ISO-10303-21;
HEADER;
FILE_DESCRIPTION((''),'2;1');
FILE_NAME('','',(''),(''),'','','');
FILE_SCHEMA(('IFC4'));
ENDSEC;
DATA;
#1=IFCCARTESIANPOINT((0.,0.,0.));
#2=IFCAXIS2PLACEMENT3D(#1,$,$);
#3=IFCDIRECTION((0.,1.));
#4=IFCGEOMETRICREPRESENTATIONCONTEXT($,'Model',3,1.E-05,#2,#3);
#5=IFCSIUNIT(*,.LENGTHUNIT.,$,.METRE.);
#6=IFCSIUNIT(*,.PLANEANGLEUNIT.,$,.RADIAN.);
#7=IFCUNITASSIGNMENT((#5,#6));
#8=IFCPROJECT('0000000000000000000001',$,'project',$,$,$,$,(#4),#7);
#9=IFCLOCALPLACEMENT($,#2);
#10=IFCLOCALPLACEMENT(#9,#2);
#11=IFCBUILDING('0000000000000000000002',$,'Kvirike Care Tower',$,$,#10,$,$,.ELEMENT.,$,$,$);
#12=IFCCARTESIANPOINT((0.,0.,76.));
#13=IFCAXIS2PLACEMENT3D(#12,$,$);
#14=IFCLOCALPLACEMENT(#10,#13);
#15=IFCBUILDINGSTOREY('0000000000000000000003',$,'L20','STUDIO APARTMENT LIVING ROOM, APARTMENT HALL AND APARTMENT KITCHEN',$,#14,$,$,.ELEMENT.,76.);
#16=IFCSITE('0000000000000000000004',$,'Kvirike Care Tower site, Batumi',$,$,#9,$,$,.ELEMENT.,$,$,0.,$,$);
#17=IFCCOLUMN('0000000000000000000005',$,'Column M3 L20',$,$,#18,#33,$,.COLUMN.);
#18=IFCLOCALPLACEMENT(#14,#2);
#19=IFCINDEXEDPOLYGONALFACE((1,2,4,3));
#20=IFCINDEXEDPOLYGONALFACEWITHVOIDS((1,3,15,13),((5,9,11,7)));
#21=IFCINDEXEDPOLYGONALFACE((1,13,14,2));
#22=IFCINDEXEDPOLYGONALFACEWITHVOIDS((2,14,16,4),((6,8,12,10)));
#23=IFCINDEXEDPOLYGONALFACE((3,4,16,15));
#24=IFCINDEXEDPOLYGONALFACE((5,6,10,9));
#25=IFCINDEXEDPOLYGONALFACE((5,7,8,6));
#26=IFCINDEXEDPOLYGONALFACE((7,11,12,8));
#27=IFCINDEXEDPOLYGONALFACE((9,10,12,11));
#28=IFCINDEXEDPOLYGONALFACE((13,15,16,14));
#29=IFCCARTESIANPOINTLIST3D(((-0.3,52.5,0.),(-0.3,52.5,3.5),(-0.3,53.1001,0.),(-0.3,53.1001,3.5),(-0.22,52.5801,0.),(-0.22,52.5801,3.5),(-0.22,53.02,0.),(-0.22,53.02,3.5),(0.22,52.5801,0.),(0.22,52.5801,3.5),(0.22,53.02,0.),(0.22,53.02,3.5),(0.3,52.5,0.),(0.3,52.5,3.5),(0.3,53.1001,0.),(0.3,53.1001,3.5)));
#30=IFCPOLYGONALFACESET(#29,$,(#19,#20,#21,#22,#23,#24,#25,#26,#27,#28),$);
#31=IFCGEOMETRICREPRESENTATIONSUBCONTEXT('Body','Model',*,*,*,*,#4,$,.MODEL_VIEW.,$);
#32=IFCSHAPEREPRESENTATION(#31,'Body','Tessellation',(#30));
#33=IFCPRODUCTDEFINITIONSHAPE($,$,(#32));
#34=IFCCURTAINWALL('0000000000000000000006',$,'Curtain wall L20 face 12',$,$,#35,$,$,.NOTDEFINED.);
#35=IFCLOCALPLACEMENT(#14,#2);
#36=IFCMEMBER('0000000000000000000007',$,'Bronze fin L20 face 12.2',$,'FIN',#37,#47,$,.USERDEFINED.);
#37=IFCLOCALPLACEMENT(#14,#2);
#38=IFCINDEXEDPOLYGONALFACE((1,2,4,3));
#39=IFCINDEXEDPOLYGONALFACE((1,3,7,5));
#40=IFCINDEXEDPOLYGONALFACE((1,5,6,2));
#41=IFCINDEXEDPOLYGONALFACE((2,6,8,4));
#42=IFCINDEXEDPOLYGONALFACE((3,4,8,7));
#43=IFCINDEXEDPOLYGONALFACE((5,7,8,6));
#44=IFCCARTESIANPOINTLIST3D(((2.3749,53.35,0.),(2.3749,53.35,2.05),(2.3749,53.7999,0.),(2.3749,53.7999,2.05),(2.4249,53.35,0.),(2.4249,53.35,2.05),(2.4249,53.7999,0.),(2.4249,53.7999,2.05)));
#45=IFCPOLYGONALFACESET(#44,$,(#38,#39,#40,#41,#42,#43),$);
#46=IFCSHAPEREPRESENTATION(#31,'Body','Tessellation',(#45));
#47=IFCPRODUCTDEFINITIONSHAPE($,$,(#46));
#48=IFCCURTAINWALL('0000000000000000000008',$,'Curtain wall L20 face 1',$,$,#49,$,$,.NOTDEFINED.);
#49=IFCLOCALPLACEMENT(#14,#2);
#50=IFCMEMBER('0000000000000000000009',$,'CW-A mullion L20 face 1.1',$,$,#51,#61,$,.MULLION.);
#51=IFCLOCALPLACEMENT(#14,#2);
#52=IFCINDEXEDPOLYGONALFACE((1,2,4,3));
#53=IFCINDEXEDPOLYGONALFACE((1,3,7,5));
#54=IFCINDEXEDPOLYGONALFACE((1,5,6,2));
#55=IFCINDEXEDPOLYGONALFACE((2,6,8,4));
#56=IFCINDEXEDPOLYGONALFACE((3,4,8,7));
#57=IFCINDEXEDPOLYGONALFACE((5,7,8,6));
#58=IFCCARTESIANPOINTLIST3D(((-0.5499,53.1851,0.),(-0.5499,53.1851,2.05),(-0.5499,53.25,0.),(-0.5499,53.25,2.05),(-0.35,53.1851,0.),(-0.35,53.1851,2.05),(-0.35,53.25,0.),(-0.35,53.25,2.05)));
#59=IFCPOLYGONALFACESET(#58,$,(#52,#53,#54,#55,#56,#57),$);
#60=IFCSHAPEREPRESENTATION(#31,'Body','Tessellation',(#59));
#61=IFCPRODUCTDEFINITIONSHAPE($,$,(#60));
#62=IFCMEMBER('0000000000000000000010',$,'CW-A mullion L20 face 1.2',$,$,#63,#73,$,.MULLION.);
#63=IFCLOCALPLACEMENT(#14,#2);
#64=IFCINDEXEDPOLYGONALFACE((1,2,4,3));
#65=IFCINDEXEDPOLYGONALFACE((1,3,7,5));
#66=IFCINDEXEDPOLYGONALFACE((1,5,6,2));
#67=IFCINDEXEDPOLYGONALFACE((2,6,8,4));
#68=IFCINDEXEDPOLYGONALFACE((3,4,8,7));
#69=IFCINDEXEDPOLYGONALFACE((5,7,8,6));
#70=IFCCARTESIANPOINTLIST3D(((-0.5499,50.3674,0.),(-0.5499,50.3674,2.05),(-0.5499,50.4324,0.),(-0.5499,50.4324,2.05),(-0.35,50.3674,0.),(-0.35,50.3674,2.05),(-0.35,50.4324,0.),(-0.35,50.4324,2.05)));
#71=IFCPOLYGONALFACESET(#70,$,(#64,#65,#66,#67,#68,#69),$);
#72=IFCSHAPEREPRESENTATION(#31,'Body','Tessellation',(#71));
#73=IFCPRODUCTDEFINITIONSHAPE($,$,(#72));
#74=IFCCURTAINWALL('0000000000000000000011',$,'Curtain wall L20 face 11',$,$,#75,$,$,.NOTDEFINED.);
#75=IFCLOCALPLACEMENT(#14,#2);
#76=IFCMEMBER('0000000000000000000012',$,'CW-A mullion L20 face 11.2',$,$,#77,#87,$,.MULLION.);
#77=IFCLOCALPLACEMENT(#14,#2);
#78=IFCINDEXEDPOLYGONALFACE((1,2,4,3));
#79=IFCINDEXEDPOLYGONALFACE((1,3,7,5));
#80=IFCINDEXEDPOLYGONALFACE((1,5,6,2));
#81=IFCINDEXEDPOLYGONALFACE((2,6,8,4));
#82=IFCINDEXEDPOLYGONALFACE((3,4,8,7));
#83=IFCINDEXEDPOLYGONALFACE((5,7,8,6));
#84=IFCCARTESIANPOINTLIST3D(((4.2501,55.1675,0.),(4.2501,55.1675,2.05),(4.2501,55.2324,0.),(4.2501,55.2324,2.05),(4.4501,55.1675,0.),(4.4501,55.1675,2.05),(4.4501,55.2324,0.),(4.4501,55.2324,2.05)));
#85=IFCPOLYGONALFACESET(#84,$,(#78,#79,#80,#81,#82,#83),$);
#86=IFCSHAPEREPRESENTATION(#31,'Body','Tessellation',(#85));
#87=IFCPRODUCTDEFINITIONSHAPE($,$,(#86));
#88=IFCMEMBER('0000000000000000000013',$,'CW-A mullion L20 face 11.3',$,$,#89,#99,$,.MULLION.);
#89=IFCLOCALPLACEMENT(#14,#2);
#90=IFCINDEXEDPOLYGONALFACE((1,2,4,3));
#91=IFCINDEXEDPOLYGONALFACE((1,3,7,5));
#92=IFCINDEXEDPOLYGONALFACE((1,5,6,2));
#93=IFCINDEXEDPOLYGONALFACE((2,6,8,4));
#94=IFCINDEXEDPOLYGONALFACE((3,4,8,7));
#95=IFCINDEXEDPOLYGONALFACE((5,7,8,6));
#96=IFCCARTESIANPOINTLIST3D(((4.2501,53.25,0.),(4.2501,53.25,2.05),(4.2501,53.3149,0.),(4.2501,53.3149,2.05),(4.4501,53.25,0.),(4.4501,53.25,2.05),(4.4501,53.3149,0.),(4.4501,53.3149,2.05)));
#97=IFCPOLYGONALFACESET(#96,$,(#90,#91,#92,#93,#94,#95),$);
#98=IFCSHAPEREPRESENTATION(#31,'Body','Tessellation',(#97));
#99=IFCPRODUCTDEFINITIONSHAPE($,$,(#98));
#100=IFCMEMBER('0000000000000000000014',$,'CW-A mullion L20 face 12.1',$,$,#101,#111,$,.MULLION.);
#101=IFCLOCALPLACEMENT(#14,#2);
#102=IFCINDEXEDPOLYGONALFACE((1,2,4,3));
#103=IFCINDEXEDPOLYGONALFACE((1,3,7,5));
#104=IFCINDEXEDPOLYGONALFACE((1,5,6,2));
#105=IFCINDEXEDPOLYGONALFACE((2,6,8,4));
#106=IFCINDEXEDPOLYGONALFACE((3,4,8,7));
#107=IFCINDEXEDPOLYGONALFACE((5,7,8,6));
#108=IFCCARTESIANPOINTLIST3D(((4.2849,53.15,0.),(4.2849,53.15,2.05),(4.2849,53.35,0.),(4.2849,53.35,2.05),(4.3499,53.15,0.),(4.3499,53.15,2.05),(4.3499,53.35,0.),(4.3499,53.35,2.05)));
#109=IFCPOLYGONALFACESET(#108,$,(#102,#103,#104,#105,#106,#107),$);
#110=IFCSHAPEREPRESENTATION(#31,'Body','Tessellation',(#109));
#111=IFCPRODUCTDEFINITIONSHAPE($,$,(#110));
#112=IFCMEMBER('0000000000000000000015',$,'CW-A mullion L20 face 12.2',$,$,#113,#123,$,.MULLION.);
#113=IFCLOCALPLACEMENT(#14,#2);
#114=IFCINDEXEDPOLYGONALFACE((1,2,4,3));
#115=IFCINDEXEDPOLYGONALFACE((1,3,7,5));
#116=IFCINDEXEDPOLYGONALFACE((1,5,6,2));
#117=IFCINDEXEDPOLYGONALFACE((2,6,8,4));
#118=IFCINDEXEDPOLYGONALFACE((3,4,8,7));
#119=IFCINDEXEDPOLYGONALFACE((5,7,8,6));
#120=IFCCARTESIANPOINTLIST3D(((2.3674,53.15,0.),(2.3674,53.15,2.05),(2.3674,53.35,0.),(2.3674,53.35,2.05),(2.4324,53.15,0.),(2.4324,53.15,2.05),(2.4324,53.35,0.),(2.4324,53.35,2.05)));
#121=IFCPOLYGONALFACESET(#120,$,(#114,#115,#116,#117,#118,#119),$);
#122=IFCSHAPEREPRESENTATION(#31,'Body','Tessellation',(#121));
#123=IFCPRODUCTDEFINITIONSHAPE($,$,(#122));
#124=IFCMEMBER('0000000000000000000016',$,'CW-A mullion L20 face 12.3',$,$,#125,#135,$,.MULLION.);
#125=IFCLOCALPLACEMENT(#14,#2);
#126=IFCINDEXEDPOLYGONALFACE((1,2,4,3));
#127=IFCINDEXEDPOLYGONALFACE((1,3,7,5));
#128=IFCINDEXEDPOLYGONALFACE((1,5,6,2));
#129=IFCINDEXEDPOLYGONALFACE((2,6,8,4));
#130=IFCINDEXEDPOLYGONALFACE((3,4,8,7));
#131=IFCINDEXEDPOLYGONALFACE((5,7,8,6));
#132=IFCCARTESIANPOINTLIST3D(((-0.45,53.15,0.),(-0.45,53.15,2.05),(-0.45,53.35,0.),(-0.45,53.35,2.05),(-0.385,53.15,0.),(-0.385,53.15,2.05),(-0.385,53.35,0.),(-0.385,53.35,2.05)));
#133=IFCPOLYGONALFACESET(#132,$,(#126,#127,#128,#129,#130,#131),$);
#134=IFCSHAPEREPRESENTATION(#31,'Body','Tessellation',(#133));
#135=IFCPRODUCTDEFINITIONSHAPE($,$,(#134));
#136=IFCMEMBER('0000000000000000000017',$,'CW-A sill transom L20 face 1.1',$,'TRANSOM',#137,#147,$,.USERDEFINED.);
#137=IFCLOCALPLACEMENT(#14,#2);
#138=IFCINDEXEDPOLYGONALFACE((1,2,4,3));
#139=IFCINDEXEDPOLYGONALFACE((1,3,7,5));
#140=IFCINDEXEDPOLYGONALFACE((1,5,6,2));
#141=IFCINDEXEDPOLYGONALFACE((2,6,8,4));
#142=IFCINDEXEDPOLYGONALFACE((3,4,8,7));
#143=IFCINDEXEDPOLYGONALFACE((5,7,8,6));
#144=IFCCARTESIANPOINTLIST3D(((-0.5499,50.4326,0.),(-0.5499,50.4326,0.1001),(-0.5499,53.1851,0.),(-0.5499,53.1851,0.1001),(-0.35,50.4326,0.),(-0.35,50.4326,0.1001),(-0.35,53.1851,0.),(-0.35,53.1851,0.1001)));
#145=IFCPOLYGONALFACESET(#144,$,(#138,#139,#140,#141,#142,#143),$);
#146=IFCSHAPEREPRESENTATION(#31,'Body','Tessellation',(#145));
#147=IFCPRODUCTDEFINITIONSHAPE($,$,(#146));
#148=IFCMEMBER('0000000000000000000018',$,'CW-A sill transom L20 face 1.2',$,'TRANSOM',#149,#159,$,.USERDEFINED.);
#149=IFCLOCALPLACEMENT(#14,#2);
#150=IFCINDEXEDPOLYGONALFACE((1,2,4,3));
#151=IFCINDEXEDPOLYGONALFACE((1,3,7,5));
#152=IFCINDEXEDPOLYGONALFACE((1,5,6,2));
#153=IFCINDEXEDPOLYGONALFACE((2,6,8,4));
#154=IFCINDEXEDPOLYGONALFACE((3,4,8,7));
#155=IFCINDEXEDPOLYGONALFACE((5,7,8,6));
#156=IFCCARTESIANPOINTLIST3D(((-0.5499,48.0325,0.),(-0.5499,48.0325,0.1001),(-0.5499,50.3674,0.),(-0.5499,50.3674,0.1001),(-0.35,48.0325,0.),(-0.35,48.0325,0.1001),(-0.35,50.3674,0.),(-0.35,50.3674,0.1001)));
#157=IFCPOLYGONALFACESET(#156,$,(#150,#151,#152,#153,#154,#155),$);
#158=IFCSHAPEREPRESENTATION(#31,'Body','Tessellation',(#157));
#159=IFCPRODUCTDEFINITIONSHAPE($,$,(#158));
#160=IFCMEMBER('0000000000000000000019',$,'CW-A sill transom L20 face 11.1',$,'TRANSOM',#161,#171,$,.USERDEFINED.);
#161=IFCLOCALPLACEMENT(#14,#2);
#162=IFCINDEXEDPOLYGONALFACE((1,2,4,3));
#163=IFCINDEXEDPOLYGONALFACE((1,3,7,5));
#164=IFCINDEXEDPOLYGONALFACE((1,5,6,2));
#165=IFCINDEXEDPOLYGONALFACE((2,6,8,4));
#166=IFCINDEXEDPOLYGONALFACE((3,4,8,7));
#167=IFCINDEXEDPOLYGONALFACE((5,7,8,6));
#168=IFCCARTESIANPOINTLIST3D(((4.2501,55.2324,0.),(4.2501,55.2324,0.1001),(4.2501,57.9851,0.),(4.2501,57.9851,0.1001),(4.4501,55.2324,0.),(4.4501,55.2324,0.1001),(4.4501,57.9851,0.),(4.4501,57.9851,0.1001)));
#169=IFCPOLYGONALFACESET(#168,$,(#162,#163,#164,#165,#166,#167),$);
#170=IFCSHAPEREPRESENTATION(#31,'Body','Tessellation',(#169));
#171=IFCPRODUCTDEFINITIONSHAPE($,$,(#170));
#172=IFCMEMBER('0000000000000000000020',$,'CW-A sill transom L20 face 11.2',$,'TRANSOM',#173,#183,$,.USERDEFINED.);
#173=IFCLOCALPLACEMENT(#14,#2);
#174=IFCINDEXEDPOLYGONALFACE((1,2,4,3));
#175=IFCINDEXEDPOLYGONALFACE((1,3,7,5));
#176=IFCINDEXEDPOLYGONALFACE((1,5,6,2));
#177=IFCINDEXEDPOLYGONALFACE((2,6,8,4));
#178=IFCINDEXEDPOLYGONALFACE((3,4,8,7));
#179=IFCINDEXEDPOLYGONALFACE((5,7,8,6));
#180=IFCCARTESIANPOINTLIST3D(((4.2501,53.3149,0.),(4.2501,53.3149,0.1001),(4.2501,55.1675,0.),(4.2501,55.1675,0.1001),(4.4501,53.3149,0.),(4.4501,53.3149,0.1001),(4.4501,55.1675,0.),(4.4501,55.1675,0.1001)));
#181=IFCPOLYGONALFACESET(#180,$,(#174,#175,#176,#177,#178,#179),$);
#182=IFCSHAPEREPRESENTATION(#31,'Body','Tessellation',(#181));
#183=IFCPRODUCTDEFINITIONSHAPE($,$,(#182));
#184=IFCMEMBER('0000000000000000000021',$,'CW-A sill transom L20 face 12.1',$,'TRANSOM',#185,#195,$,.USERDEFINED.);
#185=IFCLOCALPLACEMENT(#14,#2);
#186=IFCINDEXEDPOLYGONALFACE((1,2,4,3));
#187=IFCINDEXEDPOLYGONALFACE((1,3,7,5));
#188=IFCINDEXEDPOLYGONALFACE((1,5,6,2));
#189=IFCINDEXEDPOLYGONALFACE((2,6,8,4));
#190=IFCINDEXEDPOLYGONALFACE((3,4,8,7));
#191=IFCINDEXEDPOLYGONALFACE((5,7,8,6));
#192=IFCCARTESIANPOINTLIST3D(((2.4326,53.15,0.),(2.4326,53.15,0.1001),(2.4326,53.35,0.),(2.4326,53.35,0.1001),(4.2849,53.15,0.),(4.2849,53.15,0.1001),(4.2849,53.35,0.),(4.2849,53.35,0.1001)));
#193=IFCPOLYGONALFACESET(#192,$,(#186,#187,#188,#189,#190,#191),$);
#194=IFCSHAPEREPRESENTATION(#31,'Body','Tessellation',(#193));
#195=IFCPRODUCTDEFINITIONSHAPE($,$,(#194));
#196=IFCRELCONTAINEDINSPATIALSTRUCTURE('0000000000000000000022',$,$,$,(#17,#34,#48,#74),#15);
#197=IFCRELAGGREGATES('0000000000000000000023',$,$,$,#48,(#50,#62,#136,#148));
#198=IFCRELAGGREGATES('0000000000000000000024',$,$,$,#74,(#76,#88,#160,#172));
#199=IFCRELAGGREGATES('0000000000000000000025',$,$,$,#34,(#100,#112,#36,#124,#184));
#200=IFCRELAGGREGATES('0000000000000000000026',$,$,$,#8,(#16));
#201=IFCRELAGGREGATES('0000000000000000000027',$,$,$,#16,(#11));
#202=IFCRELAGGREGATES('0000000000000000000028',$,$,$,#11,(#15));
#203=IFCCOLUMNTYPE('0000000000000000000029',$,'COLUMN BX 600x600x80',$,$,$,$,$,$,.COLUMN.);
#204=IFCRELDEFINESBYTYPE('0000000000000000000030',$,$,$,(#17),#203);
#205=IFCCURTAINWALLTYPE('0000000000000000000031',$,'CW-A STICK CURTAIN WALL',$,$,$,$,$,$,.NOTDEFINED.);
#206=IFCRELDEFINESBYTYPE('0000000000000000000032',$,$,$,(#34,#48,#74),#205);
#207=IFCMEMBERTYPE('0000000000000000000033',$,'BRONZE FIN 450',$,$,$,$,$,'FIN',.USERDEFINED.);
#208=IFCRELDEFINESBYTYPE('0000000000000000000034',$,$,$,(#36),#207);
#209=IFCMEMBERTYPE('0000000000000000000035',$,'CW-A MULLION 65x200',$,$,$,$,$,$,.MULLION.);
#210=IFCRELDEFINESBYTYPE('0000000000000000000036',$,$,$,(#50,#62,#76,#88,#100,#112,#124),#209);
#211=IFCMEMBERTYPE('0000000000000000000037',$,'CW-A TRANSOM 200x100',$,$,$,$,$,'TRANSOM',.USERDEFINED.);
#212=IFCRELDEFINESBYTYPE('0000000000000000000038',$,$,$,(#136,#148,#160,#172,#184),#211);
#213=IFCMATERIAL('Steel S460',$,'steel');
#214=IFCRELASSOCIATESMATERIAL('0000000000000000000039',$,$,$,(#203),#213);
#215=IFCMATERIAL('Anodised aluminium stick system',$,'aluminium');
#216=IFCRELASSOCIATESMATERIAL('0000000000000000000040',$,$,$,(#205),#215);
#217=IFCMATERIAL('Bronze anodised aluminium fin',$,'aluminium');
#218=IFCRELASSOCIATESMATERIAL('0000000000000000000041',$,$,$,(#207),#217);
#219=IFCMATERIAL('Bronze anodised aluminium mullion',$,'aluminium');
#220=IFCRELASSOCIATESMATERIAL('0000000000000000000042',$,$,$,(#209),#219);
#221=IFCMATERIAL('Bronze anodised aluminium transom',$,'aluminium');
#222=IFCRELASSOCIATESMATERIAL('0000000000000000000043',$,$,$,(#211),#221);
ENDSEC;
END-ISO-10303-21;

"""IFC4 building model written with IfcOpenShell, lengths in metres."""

from ifc_helpers import new_model, si_unit, direction, frame, origin, origin_2d, place, context, subcontext, project, spatial, rectangle, hollow_rectangle, extrude, material, material_profile, profile_set, type_object, element, aggregate, save


model = new_model("IFC4")

# Units and contexts
model_context = context("Model", 3, precision=1e-05, world=origin(), true_north=direction((0.0, 1.0)))
body_context = subcontext(model_context, "Body", "Model", "MODEL_VIEW")
ifc_project = project(units=[si_unit("LENGTHUNIT", "METRE"), si_unit("PLANEANGLEUNIT", "RADIAN")], contexts=[model_context])

# Site, building, storey
site_placement = place(None, origin())
site = spatial("IfcSite", under=ifc_project, at=site_placement, Name="Kvirike Care Tower site, Batumi", CompositionType="ELEMENT", RefElevation=0.0)
building_placement = place(site_placement, origin())
building = spatial("IfcBuilding", under=site, at=building_placement, Name="Kvirike Care Tower", CompositionType="ELEMENT")
storey_placement = place(building_placement, frame((0.0, 0.0, 76.0)))
storey = spatial("IfcBuildingStorey", under=building, at=storey_placement, Name="L20", Description="STUDIO APARTMENT LIVING ROOM, APARTMENT HALL AND APARTMENT KITCHEN", CompositionType="ELEMENT", Elevation=76.0)

# Column
ifc_material_1 = material(Name="Steel S460", Category="steel")
ifc_material_profile_1 = material_profile(ifc_material_1, hollow_rectangle(XDim=0.6001, YDim=0.6001, WallThickness=0.0801, at=origin_2d()), Name="BX 600x600x80")
ifc_profile_set_1 = profile_set([ifc_material_profile_1], Name="Steel S460")
column_type = type_object("IfcColumnType", Name="COLUMN BX 600x600x80", PredefinedType="COLUMN", material=ifc_profile_set_1)
column_placement = place(storey_placement, frame((0.0, 52.8, 0.0), z_axis=(0.0, 0.0, 1.0), x_axis=(0.0, 1.0, 0.0)))
element("IfcColumn", 1, at=column_placement, inside=storey, type_object=column_type, Name="Column M3 L20", PredefinedType="COLUMN", context=body_context, shape_type="SweptSolid", body=[
    extrude(hollow_rectangle(XDim=0.6001, YDim=0.6001, WallThickness=0.0801, at=origin_2d()), origin(), (0.0, 0.0, 1.0), 3.5),
])

# Curtain wall, member
ifc_material_2 = material(Name="Anodised aluminium stick system", Category="aluminium")
curtain_wall_type = type_object("IfcCurtainWallType", Name="CW-A STICK CURTAIN WALL", PredefinedType="NOTDEFINED", material=ifc_material_2)
curtain_wall_1_placement = place(storey_placement, origin())
curtain_wall_1 = element("IfcCurtainWall", 2, at=curtain_wall_1_placement, inside=storey, type_object=curtain_wall_type, Name="Curtain wall L20 face 12", PredefinedType="NOTDEFINED")
ifc_material_3 = material(Name="Bronze anodised aluminium fin", Category="aluminium")
ifc_material_profile_2 = material_profile(ifc_material_3, rectangle(XDim=0.05, YDim=0.45, at=origin_2d()), Name="BRONZE FIN 450")
ifc_profile_set_2 = profile_set([ifc_material_profile_2], Name="Bronze anodised aluminium fin")
member_type_1 = type_object("IfcMemberType", Name="BRONZE FIN 450", ElementType="FIN", PredefinedType="USERDEFINED", material=ifc_profile_set_2)
member_1_placement = place(storey_placement, frame((2.3999, 53.575, 0.0), z_axis=(0.0, 0.0, 1.0), x_axis=(-1.0, 0.0, 0.0)))
member_1 = element("IfcMember", 3, at=member_1_placement, type_object=member_type_1, Name="Bronze fin L20 face 12.2", ObjectType="FIN", PredefinedType="USERDEFINED", context=body_context, shape_type="SweptSolid", body=[
    extrude(rectangle(XDim=0.05, YDim=0.45, at=origin_2d()), origin(), (0.0, 0.0, 1.0), 2.05),
])

# Curtain walls, members
curtain_wall_2_placement = place(storey_placement, origin())
curtain_wall_2 = element("IfcCurtainWall", 4, at=curtain_wall_2_placement, inside=storey, type_object=curtain_wall_type, Name="Curtain wall L20 face 1", PredefinedType="NOTDEFINED")
ifc_material_4 = material(Name="Bronze anodised aluminium mullion", Category="aluminium")
ifc_material_profile_3 = material_profile(ifc_material_4, rectangle(XDim=0.0649, YDim=0.2, at=origin_2d()), Name="CW-A MULLION 65x200")
ifc_profile_set_3 = profile_set([ifc_material_profile_3], Name="Bronze anodised aluminium mullion")
member_type_2 = type_object("IfcMemberType", Name="CW-A MULLION 65x200", PredefinedType="MULLION", material=ifc_profile_set_3)
member_2_placement = place(storey_placement, frame((-0.45, 53.2175, 0.0), z_axis=(0.0, 0.0, 1.0), x_axis=(0.0, -1.0, 0.0)))
member_2 = element("IfcMember", 5, at=member_2_placement, type_object=member_type_2, Name="CW-A mullion L20 face 1.1", PredefinedType="MULLION", context=body_context, shape_type="SweptSolid", body=[
    extrude(rectangle(XDim=0.0649, YDim=0.2, at=origin_2d()), origin(), (0.0, 0.0, 1.0), 2.05),
])
member_3_placement = place(storey_placement, frame((-0.45, 50.3999, 0.0), z_axis=(0.0, 0.0, 1.0), x_axis=(0.0, -1.0, 0.0)))
member_3 = element("IfcMember", 6, at=member_3_placement, type_object=member_type_2, Name="CW-A mullion L20 face 1.2", PredefinedType="MULLION", context=body_context, shape_type="SweptSolid", body=[
    extrude(rectangle(XDim=0.0649, YDim=0.2, at=origin_2d()), origin(), (0.0, 0.0, 1.0), 2.05),
])
curtain_wall_3_placement = place(storey_placement, origin())
curtain_wall_3 = element("IfcCurtainWall", 7, at=curtain_wall_3_placement, inside=storey, type_object=curtain_wall_type, Name="Curtain wall L20 face 11", PredefinedType="NOTDEFINED")
member_4_placement = place(storey_placement, frame((4.3501, 55.2, 0.0), z_axis=(0.0, 0.0, 1.0), x_axis=(0.0, -1.0, 0.0)))
member_4 = element("IfcMember", 8, at=member_4_placement, type_object=member_type_2, Name="CW-A mullion L20 face 11.2", PredefinedType="MULLION", context=body_context, shape_type="SweptSolid", body=[
    extrude(rectangle(XDim=0.0649, YDim=0.2, at=origin_2d()), origin(), (0.0, 0.0, 1.0), 2.05),
])
member_5_placement = place(storey_placement, frame((4.3501, 53.2825, 0.0), z_axis=(0.0, 0.0, 1.0), x_axis=(0.0, -1.0, 0.0)))
member_5 = element("IfcMember", 9, at=member_5_placement, type_object=member_type_2, Name="CW-A mullion L20 face 11.3", PredefinedType="MULLION", context=body_context, shape_type="SweptSolid", body=[
    extrude(rectangle(XDim=0.0649, YDim=0.2, at=origin_2d()), origin(), (0.0, 0.0, 1.0), 2.05),
])

# Members
member_6_placement = place(storey_placement, frame((4.3174, 53.25, 0.0), z_axis=(0.0, 0.0, 1.0), x_axis=(-1.0, 0.0, 0.0)))
member_6 = element("IfcMember", 10, at=member_6_placement, type_object=member_type_2, Name="CW-A mullion L20 face 12.1", PredefinedType="MULLION", context=body_context, shape_type="SweptSolid", body=[
    extrude(rectangle(XDim=0.0649, YDim=0.2, at=origin_2d()), origin(), (0.0, 0.0, 1.0), 2.05),
])
member_7_placement = place(storey_placement, frame((2.3999, 53.25, 0.0), z_axis=(0.0, 0.0, 1.0), x_axis=(-1.0, 0.0, 0.0)))
member_7 = element("IfcMember", 11, at=member_7_placement, type_object=member_type_2, Name="CW-A mullion L20 face 12.2", PredefinedType="MULLION", context=body_context, shape_type="SweptSolid", body=[
    extrude(rectangle(XDim=0.0649, YDim=0.2, at=origin_2d()), origin(), (0.0, 0.0, 1.0), 2.05),
])
member_8_placement = place(storey_placement, frame((-0.4175, 53.25, 0.0), z_axis=(0.0, 0.0, 1.0), x_axis=(-1.0, 0.0, 0.0)))
member_8 = element("IfcMember", 12, at=member_8_placement, type_object=member_type_2, Name="CW-A mullion L20 face 12.3", PredefinedType="MULLION", context=body_context, shape_type="SweptSolid", body=[
    extrude(rectangle(XDim=0.0649, YDim=0.2, at=origin_2d()), origin(), (0.0, 0.0, 1.0), 2.05),
])
ifc_material_5 = material(Name="Bronze anodised aluminium transom", Category="aluminium")
ifc_material_profile_4 = material_profile(ifc_material_5, rectangle(XDim=0.2, YDim=0.1001, at=origin_2d()), Name="CW-A TRANSOM 200x100")
ifc_profile_set_4 = profile_set([ifc_material_profile_4], Name="Bronze anodised aluminium transom")
member_type_3 = type_object("IfcMemberType", Name="CW-A TRANSOM 200x100", ElementType="TRANSOM", PredefinedType="USERDEFINED", material=ifc_profile_set_4)
member_9_placement = place(storey_placement, frame((-0.45, 53.1851, 0.05), z_axis=(0.0, -1.0, 0.0), x_axis=(1.0, 0.0, 0.0)))
member_9 = element("IfcMember", 13, at=member_9_placement, type_object=member_type_3, Name="CW-A sill transom L20 face 1.1", ObjectType="TRANSOM", PredefinedType="USERDEFINED", context=body_context, shape_type="SweptSolid", body=[
    extrude(rectangle(XDim=0.2, YDim=0.1001, at=origin_2d()), origin(), (0.0, 0.0, 1.0), 2.7524),
])
member_10_placement = place(storey_placement, frame((-0.45, 50.3674, 0.05), z_axis=(0.0, -1.0, 0.0), x_axis=(1.0, 0.0, 0.0)))
member_10 = element("IfcMember", 14, at=member_10_placement, type_object=member_type_3, Name="CW-A sill transom L20 face 1.2", ObjectType="TRANSOM", PredefinedType="USERDEFINED", context=body_context, shape_type="SweptSolid", body=[
    extrude(rectangle(XDim=0.2, YDim=0.1001, at=origin_2d()), origin(), (0.0, 0.0, 1.0), 2.335),
])
member_11_placement = place(storey_placement, frame((4.3501, 57.9851, 0.05), z_axis=(0.0, -1.0, 0.0), x_axis=(1.0, 0.0, 0.0)))
member_11 = element("IfcMember", 15, at=member_11_placement, type_object=member_type_3, Name="CW-A sill transom L20 face 11.1", ObjectType="TRANSOM", PredefinedType="USERDEFINED", context=body_context, shape_type="SweptSolid", body=[
    extrude(rectangle(XDim=0.2, YDim=0.1001, at=origin_2d()), origin(), (0.0, 0.0, 1.0), 2.7527),
])
member_12_placement = place(storey_placement, frame((4.3501, 55.1675, 0.05), z_axis=(0.0, -1.0, 0.0), x_axis=(1.0, 0.0, 0.0)))
member_12 = element("IfcMember", 16, at=member_12_placement, type_object=member_type_3, Name="CW-A sill transom L20 face 11.2", ObjectType="TRANSOM", PredefinedType="USERDEFINED", context=body_context, shape_type="SweptSolid", body=[
    extrude(rectangle(XDim=0.2, YDim=0.1001, at=origin_2d()), origin(), (0.0, 0.0, 1.0), 1.8525),
])
member_13_placement = place(storey_placement, frame((4.2849, 53.25, 0.05), z_axis=(-1.0, 0.0, 0.0), x_axis=(0.0, -1.0, 0.0)))
member_13 = element("IfcMember", 17, at=member_13_placement, type_object=member_type_3, Name="CW-A sill transom L20 face 12.1", ObjectType="TRANSOM", PredefinedType="USERDEFINED", context=body_context, shape_type="SweptSolid", body=[
    extrude(rectangle(XDim=0.2, YDim=0.1001, at=origin_2d()), origin(), (0.0, 0.0, 1.0), 1.8523),
])

aggregate(curtain_wall_2, [member_2, member_3, member_9, member_10])
aggregate(curtain_wall_3, [member_4, member_5, member_11, member_12])
aggregate(curtain_wall_1, [member_6, member_7, member_1, member_8, member_13])

save(model, "model.ifc")
